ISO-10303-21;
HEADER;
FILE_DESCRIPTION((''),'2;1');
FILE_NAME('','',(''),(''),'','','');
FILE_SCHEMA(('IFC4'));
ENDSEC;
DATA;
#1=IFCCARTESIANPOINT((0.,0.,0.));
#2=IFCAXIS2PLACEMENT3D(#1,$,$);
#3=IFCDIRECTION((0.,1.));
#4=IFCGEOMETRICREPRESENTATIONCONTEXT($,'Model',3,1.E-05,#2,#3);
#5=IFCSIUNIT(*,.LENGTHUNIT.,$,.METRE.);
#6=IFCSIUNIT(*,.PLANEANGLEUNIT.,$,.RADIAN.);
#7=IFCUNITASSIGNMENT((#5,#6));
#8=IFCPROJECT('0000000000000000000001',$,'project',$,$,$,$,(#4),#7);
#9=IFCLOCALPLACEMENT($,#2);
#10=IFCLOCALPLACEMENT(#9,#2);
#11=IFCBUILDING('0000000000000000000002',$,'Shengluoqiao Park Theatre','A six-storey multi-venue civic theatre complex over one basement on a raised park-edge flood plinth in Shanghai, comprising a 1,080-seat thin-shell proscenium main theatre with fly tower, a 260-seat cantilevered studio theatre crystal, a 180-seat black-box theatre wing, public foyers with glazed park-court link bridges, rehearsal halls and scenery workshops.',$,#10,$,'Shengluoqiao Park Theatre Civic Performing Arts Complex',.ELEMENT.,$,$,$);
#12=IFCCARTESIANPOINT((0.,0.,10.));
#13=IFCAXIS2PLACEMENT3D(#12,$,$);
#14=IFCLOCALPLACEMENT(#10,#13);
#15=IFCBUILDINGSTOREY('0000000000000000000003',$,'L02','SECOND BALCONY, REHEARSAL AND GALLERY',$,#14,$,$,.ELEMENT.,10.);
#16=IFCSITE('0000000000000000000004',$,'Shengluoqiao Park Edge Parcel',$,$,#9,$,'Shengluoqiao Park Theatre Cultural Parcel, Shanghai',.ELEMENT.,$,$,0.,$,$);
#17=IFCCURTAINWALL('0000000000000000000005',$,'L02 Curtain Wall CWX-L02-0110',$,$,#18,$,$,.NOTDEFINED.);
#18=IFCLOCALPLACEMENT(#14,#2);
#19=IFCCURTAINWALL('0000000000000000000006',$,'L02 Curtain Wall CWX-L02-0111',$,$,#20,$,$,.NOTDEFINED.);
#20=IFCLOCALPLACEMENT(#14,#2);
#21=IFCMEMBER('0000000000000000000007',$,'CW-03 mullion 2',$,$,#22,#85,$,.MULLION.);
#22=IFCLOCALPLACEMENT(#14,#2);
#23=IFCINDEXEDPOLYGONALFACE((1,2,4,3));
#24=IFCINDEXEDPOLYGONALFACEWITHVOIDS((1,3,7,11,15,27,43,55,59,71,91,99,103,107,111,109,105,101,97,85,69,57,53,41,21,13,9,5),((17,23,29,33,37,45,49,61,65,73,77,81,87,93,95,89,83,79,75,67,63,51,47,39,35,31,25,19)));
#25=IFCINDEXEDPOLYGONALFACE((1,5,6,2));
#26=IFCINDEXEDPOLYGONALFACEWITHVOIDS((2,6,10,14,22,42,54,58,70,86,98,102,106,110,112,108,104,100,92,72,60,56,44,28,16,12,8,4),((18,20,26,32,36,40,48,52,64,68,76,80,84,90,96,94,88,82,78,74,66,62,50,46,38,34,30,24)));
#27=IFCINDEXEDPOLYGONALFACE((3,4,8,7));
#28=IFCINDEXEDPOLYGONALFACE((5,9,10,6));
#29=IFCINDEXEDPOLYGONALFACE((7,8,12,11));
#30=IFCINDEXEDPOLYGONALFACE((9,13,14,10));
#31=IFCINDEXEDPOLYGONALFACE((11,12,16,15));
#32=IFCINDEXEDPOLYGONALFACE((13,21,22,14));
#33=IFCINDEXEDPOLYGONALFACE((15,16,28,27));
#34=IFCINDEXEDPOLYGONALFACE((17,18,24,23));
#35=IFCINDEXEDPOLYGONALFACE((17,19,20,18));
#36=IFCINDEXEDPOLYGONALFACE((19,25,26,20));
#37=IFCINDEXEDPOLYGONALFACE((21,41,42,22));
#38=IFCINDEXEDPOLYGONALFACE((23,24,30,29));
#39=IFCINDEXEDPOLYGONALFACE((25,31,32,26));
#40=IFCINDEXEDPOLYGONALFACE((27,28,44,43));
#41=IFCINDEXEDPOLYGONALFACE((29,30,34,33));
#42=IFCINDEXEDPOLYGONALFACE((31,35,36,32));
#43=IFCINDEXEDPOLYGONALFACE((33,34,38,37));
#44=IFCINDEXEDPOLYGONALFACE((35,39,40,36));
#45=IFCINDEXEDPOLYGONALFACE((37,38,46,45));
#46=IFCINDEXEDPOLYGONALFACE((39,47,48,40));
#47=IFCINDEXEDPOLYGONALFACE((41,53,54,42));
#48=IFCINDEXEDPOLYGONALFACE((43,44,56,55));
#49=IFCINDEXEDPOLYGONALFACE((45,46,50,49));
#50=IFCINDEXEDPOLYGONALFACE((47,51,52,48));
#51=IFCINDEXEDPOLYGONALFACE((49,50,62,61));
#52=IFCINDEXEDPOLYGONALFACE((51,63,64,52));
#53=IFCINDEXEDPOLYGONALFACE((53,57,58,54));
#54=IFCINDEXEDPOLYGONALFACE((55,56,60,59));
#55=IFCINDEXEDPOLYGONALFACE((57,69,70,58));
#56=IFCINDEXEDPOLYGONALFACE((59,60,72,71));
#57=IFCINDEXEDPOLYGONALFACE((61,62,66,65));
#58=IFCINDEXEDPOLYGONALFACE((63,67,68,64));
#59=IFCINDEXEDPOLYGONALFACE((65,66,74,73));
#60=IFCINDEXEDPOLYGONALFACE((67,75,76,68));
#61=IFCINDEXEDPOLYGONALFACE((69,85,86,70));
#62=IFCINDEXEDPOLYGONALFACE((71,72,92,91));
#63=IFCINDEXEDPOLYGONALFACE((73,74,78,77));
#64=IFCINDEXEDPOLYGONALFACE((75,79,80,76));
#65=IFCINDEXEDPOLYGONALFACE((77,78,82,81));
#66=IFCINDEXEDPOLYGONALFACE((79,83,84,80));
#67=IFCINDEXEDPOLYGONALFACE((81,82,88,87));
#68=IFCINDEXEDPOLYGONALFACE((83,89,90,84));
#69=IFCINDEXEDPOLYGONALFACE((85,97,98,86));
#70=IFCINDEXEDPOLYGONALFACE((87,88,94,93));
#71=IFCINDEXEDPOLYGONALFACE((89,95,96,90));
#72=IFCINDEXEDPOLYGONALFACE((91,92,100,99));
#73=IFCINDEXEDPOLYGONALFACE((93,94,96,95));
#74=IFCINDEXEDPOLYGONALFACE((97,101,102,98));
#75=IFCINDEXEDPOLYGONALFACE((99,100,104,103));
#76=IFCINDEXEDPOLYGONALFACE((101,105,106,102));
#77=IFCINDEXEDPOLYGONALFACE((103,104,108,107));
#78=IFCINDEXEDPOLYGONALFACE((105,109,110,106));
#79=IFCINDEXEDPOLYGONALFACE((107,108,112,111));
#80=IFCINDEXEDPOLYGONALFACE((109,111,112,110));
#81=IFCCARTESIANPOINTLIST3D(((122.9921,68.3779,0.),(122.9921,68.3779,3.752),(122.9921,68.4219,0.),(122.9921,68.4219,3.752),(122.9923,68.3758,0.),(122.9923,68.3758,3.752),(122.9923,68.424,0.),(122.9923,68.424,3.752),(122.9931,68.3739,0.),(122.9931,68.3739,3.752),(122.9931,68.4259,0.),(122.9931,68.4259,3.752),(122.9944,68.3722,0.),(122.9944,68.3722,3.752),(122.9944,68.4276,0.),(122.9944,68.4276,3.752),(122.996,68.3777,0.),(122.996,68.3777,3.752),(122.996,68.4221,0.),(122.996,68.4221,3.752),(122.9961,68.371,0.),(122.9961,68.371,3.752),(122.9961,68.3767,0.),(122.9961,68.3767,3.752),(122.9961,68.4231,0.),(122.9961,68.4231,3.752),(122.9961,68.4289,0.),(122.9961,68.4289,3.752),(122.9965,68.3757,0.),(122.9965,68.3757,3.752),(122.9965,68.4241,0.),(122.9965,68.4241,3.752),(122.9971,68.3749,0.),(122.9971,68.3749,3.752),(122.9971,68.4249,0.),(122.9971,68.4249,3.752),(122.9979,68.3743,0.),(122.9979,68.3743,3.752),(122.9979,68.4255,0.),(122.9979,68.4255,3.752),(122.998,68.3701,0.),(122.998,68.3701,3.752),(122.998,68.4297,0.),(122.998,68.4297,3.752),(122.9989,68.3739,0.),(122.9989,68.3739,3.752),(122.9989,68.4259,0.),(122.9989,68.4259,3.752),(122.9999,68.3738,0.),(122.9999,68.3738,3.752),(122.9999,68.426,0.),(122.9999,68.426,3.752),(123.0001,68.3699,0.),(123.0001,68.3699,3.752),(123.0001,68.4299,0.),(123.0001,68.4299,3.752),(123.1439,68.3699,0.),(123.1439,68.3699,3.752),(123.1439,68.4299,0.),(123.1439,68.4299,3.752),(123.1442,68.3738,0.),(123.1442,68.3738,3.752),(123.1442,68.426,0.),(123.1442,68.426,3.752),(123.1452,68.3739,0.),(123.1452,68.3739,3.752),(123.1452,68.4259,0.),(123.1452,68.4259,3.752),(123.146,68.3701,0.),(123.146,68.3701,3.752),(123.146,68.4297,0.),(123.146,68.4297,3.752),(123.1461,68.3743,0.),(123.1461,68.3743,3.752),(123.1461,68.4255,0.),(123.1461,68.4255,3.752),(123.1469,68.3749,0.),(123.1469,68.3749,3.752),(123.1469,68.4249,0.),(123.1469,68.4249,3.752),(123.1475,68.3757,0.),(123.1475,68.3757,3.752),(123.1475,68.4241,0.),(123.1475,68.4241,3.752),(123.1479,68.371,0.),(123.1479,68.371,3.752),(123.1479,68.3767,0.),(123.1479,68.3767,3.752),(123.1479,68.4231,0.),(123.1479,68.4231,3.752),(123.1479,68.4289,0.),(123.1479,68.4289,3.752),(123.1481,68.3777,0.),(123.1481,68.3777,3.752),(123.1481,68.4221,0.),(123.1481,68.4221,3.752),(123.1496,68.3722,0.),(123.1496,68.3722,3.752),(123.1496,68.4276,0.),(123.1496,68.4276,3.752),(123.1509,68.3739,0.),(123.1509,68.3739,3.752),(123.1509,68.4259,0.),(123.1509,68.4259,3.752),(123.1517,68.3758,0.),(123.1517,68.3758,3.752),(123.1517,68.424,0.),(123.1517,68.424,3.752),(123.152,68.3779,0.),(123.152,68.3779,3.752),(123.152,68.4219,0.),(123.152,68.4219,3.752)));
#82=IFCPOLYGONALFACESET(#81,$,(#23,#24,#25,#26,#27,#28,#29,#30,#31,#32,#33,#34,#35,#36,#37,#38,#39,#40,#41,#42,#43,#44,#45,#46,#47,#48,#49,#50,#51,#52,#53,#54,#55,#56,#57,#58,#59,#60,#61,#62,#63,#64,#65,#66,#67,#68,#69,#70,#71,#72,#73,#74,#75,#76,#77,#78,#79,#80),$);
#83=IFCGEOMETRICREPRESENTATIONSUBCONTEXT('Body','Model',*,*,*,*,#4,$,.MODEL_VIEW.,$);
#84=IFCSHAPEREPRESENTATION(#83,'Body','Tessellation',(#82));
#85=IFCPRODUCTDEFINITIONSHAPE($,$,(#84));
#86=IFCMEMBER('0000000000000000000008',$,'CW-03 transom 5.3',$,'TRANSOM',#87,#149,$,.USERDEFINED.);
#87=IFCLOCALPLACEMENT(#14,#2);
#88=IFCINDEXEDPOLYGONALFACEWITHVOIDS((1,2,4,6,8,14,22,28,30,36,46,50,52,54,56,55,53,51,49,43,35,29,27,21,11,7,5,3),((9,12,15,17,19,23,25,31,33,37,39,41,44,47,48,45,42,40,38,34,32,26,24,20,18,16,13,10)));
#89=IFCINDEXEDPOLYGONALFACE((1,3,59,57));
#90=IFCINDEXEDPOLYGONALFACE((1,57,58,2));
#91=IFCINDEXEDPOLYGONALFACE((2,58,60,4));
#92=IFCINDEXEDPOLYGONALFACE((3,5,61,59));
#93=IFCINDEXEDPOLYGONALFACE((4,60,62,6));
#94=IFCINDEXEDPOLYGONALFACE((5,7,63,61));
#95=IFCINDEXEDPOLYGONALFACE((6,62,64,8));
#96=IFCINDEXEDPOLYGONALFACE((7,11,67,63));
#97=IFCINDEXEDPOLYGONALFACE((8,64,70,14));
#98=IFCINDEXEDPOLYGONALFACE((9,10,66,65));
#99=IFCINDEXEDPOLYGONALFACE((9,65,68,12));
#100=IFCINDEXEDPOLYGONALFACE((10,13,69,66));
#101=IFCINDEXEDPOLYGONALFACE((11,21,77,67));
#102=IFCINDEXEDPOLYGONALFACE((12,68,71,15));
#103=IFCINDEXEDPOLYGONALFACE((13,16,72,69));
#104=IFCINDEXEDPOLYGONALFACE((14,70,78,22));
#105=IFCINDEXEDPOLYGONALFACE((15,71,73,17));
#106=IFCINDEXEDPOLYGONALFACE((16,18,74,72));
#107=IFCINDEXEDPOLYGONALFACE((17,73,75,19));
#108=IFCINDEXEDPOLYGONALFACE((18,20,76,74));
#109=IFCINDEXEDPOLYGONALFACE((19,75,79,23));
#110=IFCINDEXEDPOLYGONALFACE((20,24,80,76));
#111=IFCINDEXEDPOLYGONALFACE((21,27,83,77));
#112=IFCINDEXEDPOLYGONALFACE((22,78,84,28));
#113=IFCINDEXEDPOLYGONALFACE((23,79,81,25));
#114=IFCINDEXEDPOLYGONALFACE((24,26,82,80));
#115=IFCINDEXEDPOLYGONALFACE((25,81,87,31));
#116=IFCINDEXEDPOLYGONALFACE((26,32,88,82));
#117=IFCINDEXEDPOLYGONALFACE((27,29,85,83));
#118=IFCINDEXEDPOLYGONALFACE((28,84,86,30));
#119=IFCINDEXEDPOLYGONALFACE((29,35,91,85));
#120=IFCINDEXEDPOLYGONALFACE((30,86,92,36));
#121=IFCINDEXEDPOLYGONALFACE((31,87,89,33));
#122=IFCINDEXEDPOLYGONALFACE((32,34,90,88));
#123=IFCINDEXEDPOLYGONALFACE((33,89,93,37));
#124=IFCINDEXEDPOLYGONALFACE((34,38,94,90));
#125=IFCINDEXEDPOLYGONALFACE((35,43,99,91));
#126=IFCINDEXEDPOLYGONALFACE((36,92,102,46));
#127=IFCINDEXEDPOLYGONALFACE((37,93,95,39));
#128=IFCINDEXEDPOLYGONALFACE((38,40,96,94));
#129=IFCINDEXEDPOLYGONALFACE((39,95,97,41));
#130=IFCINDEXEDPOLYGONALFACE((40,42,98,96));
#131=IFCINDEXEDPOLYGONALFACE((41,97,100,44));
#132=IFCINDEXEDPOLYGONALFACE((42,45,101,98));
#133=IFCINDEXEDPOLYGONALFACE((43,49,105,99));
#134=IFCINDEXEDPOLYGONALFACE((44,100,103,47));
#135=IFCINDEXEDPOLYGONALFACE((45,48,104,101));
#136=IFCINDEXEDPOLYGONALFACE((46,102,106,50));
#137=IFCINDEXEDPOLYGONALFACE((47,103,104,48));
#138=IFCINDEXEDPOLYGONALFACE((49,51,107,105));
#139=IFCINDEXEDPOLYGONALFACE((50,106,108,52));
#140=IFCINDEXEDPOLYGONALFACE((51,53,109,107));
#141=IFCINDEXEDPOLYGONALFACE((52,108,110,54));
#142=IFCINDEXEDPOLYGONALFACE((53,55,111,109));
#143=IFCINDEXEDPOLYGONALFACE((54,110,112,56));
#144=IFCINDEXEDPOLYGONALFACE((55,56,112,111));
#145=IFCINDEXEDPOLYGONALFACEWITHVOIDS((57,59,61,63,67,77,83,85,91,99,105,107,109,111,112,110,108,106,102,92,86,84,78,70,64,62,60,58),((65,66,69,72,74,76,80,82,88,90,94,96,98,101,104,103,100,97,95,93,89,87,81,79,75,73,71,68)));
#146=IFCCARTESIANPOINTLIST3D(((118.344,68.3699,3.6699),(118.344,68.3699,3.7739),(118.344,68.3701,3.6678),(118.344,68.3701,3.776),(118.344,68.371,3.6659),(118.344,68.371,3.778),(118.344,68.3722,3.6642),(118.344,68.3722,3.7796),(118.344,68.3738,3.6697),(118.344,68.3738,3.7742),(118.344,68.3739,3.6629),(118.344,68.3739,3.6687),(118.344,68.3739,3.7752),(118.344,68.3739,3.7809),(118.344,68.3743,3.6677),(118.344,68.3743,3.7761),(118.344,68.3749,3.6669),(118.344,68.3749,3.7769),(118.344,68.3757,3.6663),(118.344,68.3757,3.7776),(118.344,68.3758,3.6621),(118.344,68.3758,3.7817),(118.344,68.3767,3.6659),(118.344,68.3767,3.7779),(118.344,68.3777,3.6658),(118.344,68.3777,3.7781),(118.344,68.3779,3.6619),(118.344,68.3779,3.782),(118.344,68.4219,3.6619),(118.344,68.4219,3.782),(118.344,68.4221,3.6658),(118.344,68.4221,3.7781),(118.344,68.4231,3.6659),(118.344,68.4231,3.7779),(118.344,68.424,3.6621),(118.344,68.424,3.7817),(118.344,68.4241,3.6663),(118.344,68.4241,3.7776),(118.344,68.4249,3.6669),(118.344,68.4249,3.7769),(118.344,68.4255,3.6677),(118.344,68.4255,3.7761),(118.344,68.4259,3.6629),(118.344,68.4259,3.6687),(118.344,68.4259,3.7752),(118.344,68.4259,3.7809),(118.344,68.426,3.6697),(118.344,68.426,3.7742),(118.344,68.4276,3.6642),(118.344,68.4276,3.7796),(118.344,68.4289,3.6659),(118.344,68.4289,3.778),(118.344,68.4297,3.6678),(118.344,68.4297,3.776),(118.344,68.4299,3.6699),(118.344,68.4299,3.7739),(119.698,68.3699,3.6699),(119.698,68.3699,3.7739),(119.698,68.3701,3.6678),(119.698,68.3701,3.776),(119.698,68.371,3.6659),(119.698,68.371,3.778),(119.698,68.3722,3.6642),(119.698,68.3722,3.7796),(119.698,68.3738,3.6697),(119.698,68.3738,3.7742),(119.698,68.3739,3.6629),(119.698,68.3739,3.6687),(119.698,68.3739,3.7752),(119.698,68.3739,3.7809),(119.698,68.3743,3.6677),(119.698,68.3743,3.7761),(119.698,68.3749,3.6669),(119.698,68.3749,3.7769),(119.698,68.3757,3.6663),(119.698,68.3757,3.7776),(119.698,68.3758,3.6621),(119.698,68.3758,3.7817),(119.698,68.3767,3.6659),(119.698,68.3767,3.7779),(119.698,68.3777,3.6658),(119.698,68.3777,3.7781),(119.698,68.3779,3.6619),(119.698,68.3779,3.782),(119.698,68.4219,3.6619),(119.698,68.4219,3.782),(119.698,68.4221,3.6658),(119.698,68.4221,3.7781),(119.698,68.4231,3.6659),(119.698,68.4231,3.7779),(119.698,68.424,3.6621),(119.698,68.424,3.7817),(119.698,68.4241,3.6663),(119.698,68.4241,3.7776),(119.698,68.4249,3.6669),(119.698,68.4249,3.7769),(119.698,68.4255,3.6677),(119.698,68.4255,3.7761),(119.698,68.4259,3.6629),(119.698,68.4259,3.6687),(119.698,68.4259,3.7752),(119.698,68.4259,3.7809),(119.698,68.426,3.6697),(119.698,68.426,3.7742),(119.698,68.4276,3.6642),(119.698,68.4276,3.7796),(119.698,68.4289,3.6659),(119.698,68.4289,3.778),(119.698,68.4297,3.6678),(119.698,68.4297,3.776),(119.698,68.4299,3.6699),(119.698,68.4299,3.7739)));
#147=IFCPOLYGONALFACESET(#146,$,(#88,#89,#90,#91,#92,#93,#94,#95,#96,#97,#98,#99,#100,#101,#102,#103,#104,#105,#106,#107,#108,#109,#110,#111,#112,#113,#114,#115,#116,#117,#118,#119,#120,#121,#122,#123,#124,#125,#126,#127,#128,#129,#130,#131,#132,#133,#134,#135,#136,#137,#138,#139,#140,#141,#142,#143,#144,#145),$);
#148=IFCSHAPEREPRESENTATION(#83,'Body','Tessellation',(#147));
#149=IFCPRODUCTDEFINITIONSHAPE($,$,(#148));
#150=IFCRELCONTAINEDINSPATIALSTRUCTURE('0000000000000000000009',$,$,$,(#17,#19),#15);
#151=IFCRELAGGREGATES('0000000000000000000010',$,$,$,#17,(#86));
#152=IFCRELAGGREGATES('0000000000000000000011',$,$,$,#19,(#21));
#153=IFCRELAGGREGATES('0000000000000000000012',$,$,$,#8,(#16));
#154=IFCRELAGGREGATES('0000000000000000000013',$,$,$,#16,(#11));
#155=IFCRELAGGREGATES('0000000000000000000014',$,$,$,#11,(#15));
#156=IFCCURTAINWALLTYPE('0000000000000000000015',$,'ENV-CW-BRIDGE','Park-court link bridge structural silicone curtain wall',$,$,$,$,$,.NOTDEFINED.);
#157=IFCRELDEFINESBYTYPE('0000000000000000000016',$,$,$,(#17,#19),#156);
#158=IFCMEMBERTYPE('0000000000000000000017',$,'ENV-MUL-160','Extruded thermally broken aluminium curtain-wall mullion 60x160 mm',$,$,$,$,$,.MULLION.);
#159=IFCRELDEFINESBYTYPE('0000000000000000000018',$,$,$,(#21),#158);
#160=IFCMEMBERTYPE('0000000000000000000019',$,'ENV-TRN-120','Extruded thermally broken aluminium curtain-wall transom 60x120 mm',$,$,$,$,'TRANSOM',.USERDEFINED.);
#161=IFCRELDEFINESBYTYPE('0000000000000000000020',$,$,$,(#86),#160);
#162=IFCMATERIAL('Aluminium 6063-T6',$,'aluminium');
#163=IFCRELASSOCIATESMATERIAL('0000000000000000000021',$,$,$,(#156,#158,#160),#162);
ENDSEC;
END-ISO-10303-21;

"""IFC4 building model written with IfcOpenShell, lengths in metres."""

from ifc_helpers import new_model, si_unit, direction, frame, origin, origin_2d, place, context, subcontext, project, spatial, hollow_rectangle, extrude, material, material_profile, profile_set, type_object, element, aggregate, save


model = new_model("IFC4")

# Units and contexts
model_context = context("Model", 3, precision=1e-05, world=origin(), true_north=direction((0.0, 1.0)))
body_context = subcontext(model_context, "Body", "Model", "MODEL_VIEW")
ifc_project = project(units=[si_unit("LENGTHUNIT", "METRE"), si_unit("PLANEANGLEUNIT", "RADIAN")], contexts=[model_context])

# Site, building, storey
site_placement = place(None, origin())
site = spatial("IfcSite", under=ifc_project, at=site_placement, Name="Shengluoqiao Park Edge Parcel", LongName="Shengluoqiao Park Theatre Cultural Parcel, Shanghai", CompositionType="ELEMENT", RefElevation=0.0)
building_placement = place(site_placement, origin())
building = spatial("IfcBuilding", under=site, at=building_placement, Name="Shengluoqiao Park Theatre", Description="A six-storey multi-venue civic theatre complex over one basement on a raised park-edge flood plinth in Shanghai, comprising a 1,080-seat thin-shell proscenium main theatre with fly tower, a 260-seat cantilevered studio theatre crystal, a 180-seat black-box theatre wing, public foyers with glazed park-court link bridges, rehearsal halls and scenery workshops.", LongName="Shengluoqiao Park Theatre Civic Performing Arts Complex", CompositionType="ELEMENT")
storey_placement = place(building_placement, frame((0.0, 0.0, 10.0)))
storey = spatial("IfcBuildingStorey", under=building, at=storey_placement, Name="L02", Description="SECOND BALCONY, REHEARSAL AND GALLERY", CompositionType="ELEMENT", Elevation=10.0)

# Curtain walls, member
ifc_material_1 = material(Name="Aluminium 6063-T6", Category="aluminium")
curtain_wall_type = type_object("IfcCurtainWallType", Name="ENV-CW-BRIDGE", Description="Park-court link bridge structural silicone curtain wall", PredefinedType="NOTDEFINED", material=ifc_material_1)
curtain_wall_1_placement = place(storey_placement, origin())
curtain_wall_1 = element("IfcCurtainWall", 1, at=curtain_wall_1_placement, inside=storey, type_object=curtain_wall_type, Name="L02 Curtain Wall CWX-L02-0110", PredefinedType="NOTDEFINED")
ifc_material_profile_1 = material_profile(ifc_material_1, hollow_rectangle(XDim=0.0601, YDim=0.1599, WallThickness=0.0039, InnerFilletRadius=0.0039, OuterFilletRadius=0.0081, at=origin_2d()), Name="ALU MULLION 160x60x4")
ifc_profile_set_1 = profile_set([ifc_material_profile_1], Name="Aluminium 6063-T6")
member_type_1 = type_object("IfcMemberType", Name="ENV-MUL-160", Description="Extruded thermally broken aluminium curtain-wall mullion 60x160 mm", PredefinedType="MULLION", material=ifc_profile_set_1)
curtain_wall_2_placement = place(storey_placement, origin())
curtain_wall_2 = element("IfcCurtainWall", 2, at=curtain_wall_2_placement, inside=storey, type_object=curtain_wall_type, Name="L02 Curtain Wall CWX-L02-0111", PredefinedType="NOTDEFINED")
member_1_placement = place(storey_placement, frame((123.072, 68.3999, 0.0), z_axis=(0.0, 0.0, 1.0), x_axis=(0.0, 1.0, 0.0)))
member_1 = element("IfcMember", 3, at=member_1_placement, type_object=member_type_1, Name="CW-03 mullion 2", PredefinedType="MULLION", context=body_context, shape_type="SweptSolid", body=[
    extrude(hollow_rectangle(XDim=0.0601, YDim=0.1599, WallThickness=0.0039, InnerFilletRadius=0.0039, OuterFilletRadius=0.0081, at=origin_2d()), origin(), (0.0, 0.0, 1.0), 3.752),
])

# Member
ifc_material_profile_2 = material_profile(ifc_material_1, hollow_rectangle(XDim=0.0601, YDim=0.1201, WallThickness=0.0039, InnerFilletRadius=0.0039, OuterFilletRadius=0.0081, at=origin_2d()), Name="ALU TRANSOM 120x60x4")
ifc_profile_set_2 = profile_set([ifc_material_profile_2], Name="Aluminium 6063-T6")
member_type_2 = type_object("IfcMemberType", Name="ENV-TRN-120", Description="Extruded thermally broken aluminium curtain-wall transom 60x120 mm", ElementType="TRANSOM", PredefinedType="USERDEFINED", material=ifc_profile_set_2)
member_2_placement = place(storey_placement, frame((118.344, 68.3999, 3.7219), z_axis=(1.0, 0.0, 0.0), x_axis=(0.0, 1.0, 0.0)))
member_2 = element("IfcMember", 4, at=member_2_placement, type_object=member_type_2, Name="CW-03 transom 5.3", ObjectType="TRANSOM", PredefinedType="USERDEFINED", context=body_context, shape_type="SweptSolid", body=[
    extrude(hollow_rectangle(XDim=0.0601, YDim=0.1201, WallThickness=0.0039, InnerFilletRadius=0.0039, OuterFilletRadius=0.0081, at=origin_2d()), origin(), (0.0, 0.0, 1.0), 1.354),
])

aggregate(curtain_wall_1, [member_2])
aggregate(curtain_wall_2, [member_1])

save(model, "model.ifc")
